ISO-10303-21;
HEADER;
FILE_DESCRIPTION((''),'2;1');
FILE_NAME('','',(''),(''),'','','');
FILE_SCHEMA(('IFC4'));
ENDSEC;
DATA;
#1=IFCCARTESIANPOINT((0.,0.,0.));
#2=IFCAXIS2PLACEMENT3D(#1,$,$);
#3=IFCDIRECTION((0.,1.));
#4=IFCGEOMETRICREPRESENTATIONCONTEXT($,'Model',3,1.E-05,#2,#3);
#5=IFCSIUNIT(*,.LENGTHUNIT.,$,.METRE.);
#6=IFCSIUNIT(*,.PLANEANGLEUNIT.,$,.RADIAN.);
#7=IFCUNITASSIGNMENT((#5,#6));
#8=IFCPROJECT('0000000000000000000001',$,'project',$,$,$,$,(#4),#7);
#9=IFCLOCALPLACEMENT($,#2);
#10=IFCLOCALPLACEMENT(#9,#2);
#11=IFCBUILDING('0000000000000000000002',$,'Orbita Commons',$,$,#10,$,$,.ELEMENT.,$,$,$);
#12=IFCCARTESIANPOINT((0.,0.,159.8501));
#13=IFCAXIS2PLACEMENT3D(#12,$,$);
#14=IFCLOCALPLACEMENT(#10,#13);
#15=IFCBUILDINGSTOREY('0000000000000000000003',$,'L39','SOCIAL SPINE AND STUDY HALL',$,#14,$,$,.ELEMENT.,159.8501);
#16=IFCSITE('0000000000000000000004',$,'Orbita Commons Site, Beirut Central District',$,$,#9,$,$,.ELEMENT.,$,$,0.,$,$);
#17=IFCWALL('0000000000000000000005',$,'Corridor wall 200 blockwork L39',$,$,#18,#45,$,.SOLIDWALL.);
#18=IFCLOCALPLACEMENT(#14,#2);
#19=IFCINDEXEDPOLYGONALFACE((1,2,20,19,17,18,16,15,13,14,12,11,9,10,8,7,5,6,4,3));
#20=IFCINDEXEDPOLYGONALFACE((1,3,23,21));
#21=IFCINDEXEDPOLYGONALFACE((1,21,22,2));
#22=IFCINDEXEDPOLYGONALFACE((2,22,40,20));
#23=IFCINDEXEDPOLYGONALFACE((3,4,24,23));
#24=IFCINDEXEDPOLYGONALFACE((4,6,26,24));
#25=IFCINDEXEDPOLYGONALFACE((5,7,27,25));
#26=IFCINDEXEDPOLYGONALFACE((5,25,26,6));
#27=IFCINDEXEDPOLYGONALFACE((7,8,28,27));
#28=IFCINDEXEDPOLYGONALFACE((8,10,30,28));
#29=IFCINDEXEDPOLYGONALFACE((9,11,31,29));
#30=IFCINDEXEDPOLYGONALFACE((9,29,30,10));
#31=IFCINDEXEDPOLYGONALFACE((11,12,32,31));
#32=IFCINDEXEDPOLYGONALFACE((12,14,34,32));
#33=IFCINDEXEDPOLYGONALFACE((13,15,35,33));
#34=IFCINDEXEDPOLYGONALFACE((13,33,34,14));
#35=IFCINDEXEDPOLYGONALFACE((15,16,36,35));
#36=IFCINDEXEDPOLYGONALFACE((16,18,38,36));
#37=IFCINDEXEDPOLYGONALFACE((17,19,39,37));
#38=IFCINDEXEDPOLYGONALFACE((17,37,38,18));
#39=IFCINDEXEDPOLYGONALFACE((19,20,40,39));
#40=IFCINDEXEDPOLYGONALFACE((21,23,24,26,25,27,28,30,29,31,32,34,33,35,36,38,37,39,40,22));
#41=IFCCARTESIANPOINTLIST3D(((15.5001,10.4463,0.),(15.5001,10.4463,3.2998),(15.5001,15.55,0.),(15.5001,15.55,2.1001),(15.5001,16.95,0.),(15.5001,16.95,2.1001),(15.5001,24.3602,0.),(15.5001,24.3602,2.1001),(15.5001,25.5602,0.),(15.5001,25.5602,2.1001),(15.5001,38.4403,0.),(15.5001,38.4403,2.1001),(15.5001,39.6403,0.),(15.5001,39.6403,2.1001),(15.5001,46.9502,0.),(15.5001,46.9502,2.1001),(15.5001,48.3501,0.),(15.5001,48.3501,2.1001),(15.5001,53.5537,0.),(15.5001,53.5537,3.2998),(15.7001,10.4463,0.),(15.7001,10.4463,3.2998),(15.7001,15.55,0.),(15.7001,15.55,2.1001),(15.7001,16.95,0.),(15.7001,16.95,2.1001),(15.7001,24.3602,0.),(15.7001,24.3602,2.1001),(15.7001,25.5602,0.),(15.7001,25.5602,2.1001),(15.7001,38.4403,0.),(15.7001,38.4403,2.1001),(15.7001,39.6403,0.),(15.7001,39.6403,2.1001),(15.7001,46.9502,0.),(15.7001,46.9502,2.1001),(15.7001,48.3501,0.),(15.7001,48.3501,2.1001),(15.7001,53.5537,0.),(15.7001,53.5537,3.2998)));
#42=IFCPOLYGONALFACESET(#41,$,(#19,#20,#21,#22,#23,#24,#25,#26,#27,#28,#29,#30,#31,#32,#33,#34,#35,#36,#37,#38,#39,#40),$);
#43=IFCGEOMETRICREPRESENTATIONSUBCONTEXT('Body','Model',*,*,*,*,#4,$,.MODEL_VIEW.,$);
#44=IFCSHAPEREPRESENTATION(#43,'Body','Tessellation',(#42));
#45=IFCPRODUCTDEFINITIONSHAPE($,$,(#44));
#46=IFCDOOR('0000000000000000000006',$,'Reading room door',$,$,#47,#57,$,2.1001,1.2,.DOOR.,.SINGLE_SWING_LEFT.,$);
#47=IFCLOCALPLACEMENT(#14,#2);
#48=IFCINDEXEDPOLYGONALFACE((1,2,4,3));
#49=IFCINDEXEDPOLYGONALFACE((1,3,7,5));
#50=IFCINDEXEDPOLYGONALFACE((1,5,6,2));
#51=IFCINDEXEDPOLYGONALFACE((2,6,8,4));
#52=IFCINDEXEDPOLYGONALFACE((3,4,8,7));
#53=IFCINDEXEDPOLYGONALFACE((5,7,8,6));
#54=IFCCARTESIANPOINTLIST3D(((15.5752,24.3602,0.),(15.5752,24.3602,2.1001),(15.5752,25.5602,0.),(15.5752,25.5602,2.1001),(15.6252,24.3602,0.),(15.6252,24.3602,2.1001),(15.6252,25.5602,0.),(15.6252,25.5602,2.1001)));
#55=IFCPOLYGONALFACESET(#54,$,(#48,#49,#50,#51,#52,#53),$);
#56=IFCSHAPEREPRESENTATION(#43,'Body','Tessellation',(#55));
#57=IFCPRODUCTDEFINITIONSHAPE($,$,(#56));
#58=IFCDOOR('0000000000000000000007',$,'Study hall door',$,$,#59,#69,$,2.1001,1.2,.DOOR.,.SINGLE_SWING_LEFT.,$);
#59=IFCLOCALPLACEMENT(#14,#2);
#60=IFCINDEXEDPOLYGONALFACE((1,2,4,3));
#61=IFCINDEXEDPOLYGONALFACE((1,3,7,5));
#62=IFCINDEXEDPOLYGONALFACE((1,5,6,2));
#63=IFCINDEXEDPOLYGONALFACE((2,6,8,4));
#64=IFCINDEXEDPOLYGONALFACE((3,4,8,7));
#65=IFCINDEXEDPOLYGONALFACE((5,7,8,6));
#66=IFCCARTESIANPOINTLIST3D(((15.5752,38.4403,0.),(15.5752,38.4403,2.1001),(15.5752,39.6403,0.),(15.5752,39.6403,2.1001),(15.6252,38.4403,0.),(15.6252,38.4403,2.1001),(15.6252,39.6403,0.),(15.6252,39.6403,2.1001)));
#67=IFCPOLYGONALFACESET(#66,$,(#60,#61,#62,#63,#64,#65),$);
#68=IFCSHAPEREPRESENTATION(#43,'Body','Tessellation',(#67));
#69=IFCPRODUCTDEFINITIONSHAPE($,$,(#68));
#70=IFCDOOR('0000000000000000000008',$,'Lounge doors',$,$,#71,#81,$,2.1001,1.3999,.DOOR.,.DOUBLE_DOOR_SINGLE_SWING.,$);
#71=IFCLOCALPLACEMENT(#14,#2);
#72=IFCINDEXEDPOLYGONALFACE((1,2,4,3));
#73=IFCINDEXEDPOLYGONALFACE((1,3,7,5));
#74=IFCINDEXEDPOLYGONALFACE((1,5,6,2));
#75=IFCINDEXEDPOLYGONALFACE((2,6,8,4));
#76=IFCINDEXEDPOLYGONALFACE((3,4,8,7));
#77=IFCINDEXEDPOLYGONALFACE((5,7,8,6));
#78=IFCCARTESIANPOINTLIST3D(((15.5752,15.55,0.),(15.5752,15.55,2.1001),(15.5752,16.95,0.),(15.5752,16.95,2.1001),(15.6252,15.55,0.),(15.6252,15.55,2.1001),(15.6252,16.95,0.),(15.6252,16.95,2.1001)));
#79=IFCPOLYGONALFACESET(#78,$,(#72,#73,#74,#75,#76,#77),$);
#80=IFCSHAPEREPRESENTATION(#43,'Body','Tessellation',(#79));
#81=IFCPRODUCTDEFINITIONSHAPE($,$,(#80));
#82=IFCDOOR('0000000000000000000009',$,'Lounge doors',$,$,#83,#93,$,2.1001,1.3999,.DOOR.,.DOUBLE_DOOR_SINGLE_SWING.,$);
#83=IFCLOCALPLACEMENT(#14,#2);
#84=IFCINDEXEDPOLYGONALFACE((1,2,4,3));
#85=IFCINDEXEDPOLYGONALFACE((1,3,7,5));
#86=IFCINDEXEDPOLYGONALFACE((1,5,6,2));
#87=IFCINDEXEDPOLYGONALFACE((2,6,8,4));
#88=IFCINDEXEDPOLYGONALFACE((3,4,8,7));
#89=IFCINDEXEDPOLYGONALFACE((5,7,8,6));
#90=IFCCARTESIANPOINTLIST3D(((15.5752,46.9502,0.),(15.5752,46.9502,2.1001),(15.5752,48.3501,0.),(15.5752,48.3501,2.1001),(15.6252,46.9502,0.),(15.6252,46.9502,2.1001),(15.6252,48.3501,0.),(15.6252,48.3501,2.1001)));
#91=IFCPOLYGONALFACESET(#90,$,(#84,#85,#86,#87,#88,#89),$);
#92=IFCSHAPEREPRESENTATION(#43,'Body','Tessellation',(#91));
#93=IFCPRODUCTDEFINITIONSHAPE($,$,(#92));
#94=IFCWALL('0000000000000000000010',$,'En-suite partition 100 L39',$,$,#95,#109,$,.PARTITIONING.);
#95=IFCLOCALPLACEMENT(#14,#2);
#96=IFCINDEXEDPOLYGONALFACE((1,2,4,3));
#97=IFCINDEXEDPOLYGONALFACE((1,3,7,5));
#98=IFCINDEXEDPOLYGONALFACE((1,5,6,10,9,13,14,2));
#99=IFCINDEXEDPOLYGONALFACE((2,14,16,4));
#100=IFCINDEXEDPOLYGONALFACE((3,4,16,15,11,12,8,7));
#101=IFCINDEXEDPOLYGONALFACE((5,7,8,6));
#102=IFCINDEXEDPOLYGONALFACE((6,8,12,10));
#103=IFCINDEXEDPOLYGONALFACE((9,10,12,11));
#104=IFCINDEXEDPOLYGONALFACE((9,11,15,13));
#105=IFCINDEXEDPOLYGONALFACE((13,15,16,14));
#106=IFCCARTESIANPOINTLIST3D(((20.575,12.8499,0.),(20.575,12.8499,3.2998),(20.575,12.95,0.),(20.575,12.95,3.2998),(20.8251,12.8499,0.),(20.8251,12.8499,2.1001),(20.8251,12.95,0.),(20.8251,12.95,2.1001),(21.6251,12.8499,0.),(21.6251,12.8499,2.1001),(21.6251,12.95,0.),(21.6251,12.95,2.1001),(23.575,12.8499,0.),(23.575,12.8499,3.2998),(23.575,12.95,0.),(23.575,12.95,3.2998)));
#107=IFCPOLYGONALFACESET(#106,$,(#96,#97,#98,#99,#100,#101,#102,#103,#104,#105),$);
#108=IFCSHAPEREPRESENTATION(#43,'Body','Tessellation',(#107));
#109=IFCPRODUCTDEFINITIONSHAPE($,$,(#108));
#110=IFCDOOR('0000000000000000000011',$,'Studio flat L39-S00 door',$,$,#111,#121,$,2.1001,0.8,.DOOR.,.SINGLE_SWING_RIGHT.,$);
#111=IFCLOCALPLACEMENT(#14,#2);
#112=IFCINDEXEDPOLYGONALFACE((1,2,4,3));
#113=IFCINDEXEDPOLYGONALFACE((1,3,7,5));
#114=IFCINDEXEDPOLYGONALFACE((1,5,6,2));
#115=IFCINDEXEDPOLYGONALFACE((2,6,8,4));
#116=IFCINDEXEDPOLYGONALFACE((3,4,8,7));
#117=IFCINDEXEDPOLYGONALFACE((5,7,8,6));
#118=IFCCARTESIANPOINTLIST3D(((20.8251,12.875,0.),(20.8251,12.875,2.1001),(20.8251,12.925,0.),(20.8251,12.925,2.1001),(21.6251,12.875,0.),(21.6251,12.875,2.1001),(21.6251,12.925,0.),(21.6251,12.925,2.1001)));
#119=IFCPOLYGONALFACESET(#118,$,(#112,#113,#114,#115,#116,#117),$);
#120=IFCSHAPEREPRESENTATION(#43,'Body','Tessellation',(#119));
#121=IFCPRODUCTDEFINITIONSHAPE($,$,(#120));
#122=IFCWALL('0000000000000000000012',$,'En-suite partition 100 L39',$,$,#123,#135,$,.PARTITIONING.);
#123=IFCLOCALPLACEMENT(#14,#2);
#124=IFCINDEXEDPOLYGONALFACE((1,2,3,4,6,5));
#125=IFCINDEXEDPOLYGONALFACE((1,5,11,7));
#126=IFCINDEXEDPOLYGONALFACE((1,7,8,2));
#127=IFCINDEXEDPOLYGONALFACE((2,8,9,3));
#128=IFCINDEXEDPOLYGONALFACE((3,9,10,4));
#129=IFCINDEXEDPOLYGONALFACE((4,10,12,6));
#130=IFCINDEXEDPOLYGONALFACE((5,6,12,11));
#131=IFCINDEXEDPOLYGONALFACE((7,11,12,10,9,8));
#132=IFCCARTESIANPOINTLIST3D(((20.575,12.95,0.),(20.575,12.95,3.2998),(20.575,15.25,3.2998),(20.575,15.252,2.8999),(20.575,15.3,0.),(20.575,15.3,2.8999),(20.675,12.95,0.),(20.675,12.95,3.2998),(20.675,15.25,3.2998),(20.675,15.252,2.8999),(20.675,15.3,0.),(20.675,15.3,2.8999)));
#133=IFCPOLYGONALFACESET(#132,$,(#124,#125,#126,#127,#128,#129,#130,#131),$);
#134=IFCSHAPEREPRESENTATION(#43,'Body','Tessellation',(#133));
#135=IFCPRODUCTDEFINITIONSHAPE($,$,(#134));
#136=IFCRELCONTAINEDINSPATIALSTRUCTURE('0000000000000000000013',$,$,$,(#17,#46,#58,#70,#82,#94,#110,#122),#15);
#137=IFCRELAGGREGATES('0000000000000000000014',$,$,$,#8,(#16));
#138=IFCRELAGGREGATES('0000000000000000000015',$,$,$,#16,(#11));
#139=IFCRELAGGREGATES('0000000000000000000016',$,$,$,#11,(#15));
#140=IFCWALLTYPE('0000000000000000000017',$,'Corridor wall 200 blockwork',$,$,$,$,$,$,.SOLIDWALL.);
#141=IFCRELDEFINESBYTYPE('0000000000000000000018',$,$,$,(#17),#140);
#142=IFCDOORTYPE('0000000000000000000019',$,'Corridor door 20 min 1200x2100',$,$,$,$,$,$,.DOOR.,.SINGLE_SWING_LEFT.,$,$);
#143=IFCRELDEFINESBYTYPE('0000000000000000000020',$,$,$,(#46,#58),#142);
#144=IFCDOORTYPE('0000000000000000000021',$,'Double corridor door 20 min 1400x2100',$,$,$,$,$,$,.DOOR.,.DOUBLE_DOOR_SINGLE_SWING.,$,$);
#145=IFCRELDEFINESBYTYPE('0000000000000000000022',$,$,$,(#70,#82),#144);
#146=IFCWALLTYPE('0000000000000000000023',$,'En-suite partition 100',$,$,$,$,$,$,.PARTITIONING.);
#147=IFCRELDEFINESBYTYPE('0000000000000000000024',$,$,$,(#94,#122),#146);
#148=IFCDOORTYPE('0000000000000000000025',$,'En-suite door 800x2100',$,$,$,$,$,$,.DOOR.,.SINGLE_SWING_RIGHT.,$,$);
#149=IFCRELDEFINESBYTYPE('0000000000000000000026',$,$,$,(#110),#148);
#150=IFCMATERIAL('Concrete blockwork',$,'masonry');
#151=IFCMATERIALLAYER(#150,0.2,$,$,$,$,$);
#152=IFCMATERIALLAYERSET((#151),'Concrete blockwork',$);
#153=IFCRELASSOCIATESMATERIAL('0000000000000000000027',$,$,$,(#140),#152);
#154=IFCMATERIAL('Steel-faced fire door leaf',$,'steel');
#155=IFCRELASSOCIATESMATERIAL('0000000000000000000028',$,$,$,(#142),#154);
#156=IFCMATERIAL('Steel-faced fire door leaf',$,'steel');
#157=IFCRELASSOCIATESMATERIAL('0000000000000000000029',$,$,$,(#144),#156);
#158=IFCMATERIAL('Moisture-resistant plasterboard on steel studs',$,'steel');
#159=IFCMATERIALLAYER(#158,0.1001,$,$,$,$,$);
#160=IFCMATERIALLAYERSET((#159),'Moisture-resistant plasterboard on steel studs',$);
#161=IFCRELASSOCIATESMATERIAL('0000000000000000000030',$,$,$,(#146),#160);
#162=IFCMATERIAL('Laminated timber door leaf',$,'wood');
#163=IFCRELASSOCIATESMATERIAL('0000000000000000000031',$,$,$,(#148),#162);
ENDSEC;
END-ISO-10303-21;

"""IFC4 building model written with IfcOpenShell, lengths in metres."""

from ifc_helpers import new_model, si_unit, direction, frame, frame_2d, origin, place, context, subcontext, project, spatial, polyline, rectangle, outline, extrude, material, layer, layer_set, type_object, element, fill, save


model = new_model("IFC4")

# Units and contexts
model_context = context("Model", 3, precision=1e-05, world=origin(), true_north=direction((0.0, 1.0)))
body_context = subcontext(model_context, "Body", "Model", "MODEL_VIEW")
ifc_project = project(units=[si_unit("LENGTHUNIT", "METRE"), si_unit("PLANEANGLEUNIT", "RADIAN")], contexts=[model_context])

# Site, building, storey
site_placement = place(None, origin())
site = spatial("IfcSite", under=ifc_project, at=site_placement, Name="Orbita Commons Site, Beirut Central District", CompositionType="ELEMENT", RefElevation=0.0)
building_placement = place(site_placement, origin())
building = spatial("IfcBuilding", under=site, at=building_placement, Name="Orbita Commons", CompositionType="ELEMENT")
storey_placement = place(building_placement, frame((0.0, 0.0, 159.8501)))
storey = spatial("IfcBuildingStorey", under=building, at=storey_placement, Name="L39", Description="SOCIAL SPINE AND STUDY HALL", CompositionType="ELEMENT", Elevation=159.8501)

# Shared definitions
ifc_material_1 = material(Name="Concrete blockwork", Category="masonry")
ifc_layer_1 = layer(ifc_material_1, 0.2)
ifc_layer_set_1 = layer_set([ifc_layer_1], Name="Concrete blockwork")
wall_type_1 = type_object("IfcWallType", Name="Corridor wall 200 blockwork", PredefinedType="SOLIDWALL", material=ifc_layer_set_1)

# Wall, openings, doors
wall_1_placement = place(storey_placement, frame((15.6001, 10.4463, 0.0), z_axis=(0.0, 0.0, 1.0), x_axis=(0.0, 1.0, 0.0)))
wall_1 = element("IfcWall", 1, at=wall_1_placement, inside=storey, type_object=wall_type_1, Name="Corridor wall 200 blockwork L39", PredefinedType="SOLIDWALL", context=body_context, shape_type="SweptSolid", body=[
    extrude(rectangle(XDim=43.1074, YDim=0.2, at=frame_2d((21.5537, 0.0))), origin(), (0.0, 0.0, 1.0), 3.2998),
])
opening_1_placement = place(wall_1_placement, frame((13.9138, 0.0, 0.0)))
opening_1 = element("IfcOpeningElement", 2, at=opening_1_placement, cuts=wall_1, PredefinedType="OPENING", context=body_context, shape_type="SweptSolid", body=[
    extrude(rectangle(XDim=1.2, YDim=2.1001, at=frame_2d((0.6001, 1.05))), frame((0.0, 0.1099, 0.0), z_axis=(0.0, -1.0, 0.0), x_axis=(1.0, 0.0, 0.0)), (0.0, 0.0, 1.0), 0.22),
])
opening_2_placement = place(wall_1_placement, frame((27.9939, 0.0, 0.0)))
opening_2 = element("IfcOpeningElement", 3, at=opening_2_placement, cuts=wall_1, PredefinedType="OPENING", context=body_context, shape_type="SweptSolid", body=[
    extrude(rectangle(XDim=1.2, YDim=2.1001, at=frame_2d((0.6001, 1.05))), frame((0.0, 0.1099, 0.0), z_axis=(0.0, -1.0, 0.0), x_axis=(1.0, 0.0, 0.0)), (0.0, 0.0, 1.0), 0.22),
])
opening_3_placement = place(wall_1_placement, frame((5.1038, 0.0, 0.0)))
opening_3 = element("IfcOpeningElement", 4, at=opening_3_placement, cuts=wall_1, PredefinedType="OPENING", context=body_context, shape_type="SweptSolid", body=[
    extrude(rectangle(XDim=1.3999, YDim=2.1001, at=frame_2d((0.7, 1.05))), frame((0.0, 0.1099, 0.0), z_axis=(0.0, -1.0, 0.0), x_axis=(1.0, 0.0, 0.0)), (0.0, 0.0, 1.0), 0.22),
])
opening_4_placement = place(wall_1_placement, frame((36.5039, 0.0, 0.0)))
opening_4 = element("IfcOpeningElement", 5, at=opening_4_placement, cuts=wall_1, PredefinedType="OPENING", context=body_context, shape_type="SweptSolid", body=[
    extrude(rectangle(XDim=1.3999, YDim=2.1001, at=frame_2d((0.7, 1.05))), frame((0.0, 0.1099, 0.0), z_axis=(0.0, -1.0, 0.0), x_axis=(1.0, 0.0, 0.0)), (0.0, 0.0, 1.0), 0.22),
])
ifc_material_2 = material(Name="Steel-faced fire door leaf", Category="steel")
door_type_1 = type_object("IfcDoorType", Name="Corridor door 20 min 1200x2100", OperationType="SINGLE_SWING_LEFT", PredefinedType="DOOR", material=ifc_material_2)
door_1_placement = place(opening_1_placement, origin())
door_1 = element("IfcDoor", 6, at=door_1_placement, inside=storey, type_object=door_type_1, Name="Reading room door", OperationType="SINGLE_SWING_LEFT", OverallHeight=2.1001, OverallWidth=1.2, PredefinedType="DOOR", context=body_context, shape_type="SweptSolid", body=[
    extrude(rectangle(XDim=1.2, YDim=2.1001, at=frame_2d((0.6001, 1.05))), frame((0.0, 0.0249, 0.0), z_axis=(0.0, -1.0, 0.0), x_axis=(1.0, 0.0, 0.0)), (0.0, 0.0, 1.0), 0.05),
])
fill(opening_1, door_1)
door_2_placement = place(opening_2_placement, origin())
door_2 = element("IfcDoor", 7, at=door_2_placement, inside=storey, type_object=door_type_1, Name="Study hall door", OperationType="SINGLE_SWING_LEFT", OverallHeight=2.1001, OverallWidth=1.2, PredefinedType="DOOR", context=body_context, shape_type="SweptSolid", body=[
    extrude(rectangle(XDim=1.2, YDim=2.1001, at=frame_2d((0.6001, 1.05))), frame((0.0, 0.0249, 0.0), z_axis=(0.0, -1.0, 0.0), x_axis=(1.0, 0.0, 0.0)), (0.0, 0.0, 1.0), 0.05),
])
fill(opening_2, door_2)
ifc_material_3 = material(Name="Steel-faced fire door leaf", Category="steel")
door_type_2 = type_object("IfcDoorType", Name="Double corridor door 20 min 1400x2100", OperationType="DOUBLE_DOOR_SINGLE_SWING", PredefinedType="DOOR", material=ifc_material_3)
door_3_placement = place(opening_3_placement, origin())
door_3 = element("IfcDoor", 8, at=door_3_placement, inside=storey, type_object=door_type_2, Name="Lounge doors", OperationType="DOUBLE_DOOR_SINGLE_SWING", OverallHeight=2.1001, OverallWidth=1.3999, PredefinedType="DOOR", context=body_context, shape_type="SweptSolid", body=[
    extrude(rectangle(XDim=1.3999, YDim=2.1001, at=frame_2d((0.7, 1.05))), frame((0.0, 0.0249, 0.0), z_axis=(0.0, -1.0, 0.0), x_axis=(1.0, 0.0, 0.0)), (0.0, 0.0, 1.0), 0.05),
])
fill(opening_3, door_3)
door_4_placement = place(opening_4_placement, origin())
door_4 = element("IfcDoor", 9, at=door_4_placement, inside=storey, type_object=door_type_2, Name="Lounge doors", OperationType="DOUBLE_DOOR_SINGLE_SWING", OverallHeight=2.1001, OverallWidth=1.3999, PredefinedType="DOOR", context=body_context, shape_type="SweptSolid", body=[
    extrude(rectangle(XDim=1.3999, YDim=2.1001, at=frame_2d((0.7, 1.05))), frame((0.0, 0.0249, 0.0), z_axis=(0.0, -1.0, 0.0), x_axis=(1.0, 0.0, 0.0)), (0.0, 0.0, 1.0), 0.05),
])
fill(opening_4, door_4)

# Wall, opening, door
ifc_material_4 = material(Name="Moisture-resistant plasterboard on steel studs", Category="steel")
ifc_layer_2 = layer(ifc_material_4, 0.1001)
ifc_layer_set_2 = layer_set([ifc_layer_2], Name="Moisture-resistant plasterboard on steel studs")
wall_type_2 = type_object("IfcWallType", Name="En-suite partition 100", PredefinedType="PARTITIONING", material=ifc_layer_set_2)
wall_2_placement = place(storey_placement, frame((23.575, 12.8999, 0.0), z_axis=(0.0, 0.0, 1.0), x_axis=(-1.0, 0.0, 0.0)))
wall_2 = element("IfcWall", 10, at=wall_2_placement, inside=storey, type_object=wall_type_2, Name="En-suite partition 100 L39", PredefinedType="PARTITIONING", context=body_context, shape_type="SweptSolid", body=[
    extrude(rectangle(XDim=3.0, YDim=0.1001, at=frame_2d((1.5, 0.0))), origin(), (0.0, 0.0, 1.0), 3.2998),
])
opening_5_placement = place(wall_2_placement, frame((1.95, 0.0, 0.0)))
opening_5 = element("IfcOpeningElement", 11, at=opening_5_placement, cuts=wall_2, PredefinedType="OPENING", context=body_context, shape_type="SweptSolid", body=[
    extrude(rectangle(XDim=0.8, YDim=2.1001, at=frame_2d((0.3999, 1.05))), frame((0.0, 0.0601, 0.0), z_axis=(0.0, -1.0, 0.0), x_axis=(1.0, 0.0, 0.0)), (0.0, 0.0, 1.0), 0.1201),
])
ifc_material_5 = material(Name="Laminated timber door leaf", Category="wood")
door_type_3 = type_object("IfcDoorType", Name="En-suite door 800x2100", OperationType="SINGLE_SWING_RIGHT", PredefinedType="DOOR", material=ifc_material_5)
door_5_placement = place(opening_5_placement, origin())
door_5 = element("IfcDoor", 12, at=door_5_placement, inside=storey, type_object=door_type_3, Name="Studio flat L39-S00 door", OperationType="SINGLE_SWING_RIGHT", OverallHeight=2.1001, OverallWidth=0.8, PredefinedType="DOOR", context=body_context, shape_type="SweptSolid", body=[
    extrude(rectangle(XDim=0.8, YDim=2.1001, at=frame_2d((0.3999, 1.05))), frame((0.0, 0.0249, 0.0), z_axis=(0.0, -1.0, 0.0), x_axis=(1.0, 0.0, 0.0)), (0.0, 0.0, 1.0), 0.05),
])
fill(opening_5, door_5)

# Wall
wall_3_placement = place(storey_placement, frame((20.625, 12.95, 0.0), z_axis=(0.0, 0.0, 1.0), x_axis=(0.0, 1.0, 0.0)))
element("IfcWall", 13, at=wall_3_placement, inside=storey, type_object=wall_type_2, Name="En-suite partition 100 L39", PredefinedType="PARTITIONING", context=body_context, shape_type="SweptSolid", body=[
    extrude(outline(polyline([(0.0, 0.0), (2.3501, 0.0), (2.3501, 2.8999), (2.302, 2.8999), (2.3, 3.2998), (0.0, 3.2998), (0.0, 0.0)])), frame((0.0, 0.05, 0.0), z_axis=(0.0, -1.0, 0.0), x_axis=(1.0, 0.0, 0.0)), (0.0, 0.0, 1.0), 0.1001),
])

save(model, "model.ifc")
